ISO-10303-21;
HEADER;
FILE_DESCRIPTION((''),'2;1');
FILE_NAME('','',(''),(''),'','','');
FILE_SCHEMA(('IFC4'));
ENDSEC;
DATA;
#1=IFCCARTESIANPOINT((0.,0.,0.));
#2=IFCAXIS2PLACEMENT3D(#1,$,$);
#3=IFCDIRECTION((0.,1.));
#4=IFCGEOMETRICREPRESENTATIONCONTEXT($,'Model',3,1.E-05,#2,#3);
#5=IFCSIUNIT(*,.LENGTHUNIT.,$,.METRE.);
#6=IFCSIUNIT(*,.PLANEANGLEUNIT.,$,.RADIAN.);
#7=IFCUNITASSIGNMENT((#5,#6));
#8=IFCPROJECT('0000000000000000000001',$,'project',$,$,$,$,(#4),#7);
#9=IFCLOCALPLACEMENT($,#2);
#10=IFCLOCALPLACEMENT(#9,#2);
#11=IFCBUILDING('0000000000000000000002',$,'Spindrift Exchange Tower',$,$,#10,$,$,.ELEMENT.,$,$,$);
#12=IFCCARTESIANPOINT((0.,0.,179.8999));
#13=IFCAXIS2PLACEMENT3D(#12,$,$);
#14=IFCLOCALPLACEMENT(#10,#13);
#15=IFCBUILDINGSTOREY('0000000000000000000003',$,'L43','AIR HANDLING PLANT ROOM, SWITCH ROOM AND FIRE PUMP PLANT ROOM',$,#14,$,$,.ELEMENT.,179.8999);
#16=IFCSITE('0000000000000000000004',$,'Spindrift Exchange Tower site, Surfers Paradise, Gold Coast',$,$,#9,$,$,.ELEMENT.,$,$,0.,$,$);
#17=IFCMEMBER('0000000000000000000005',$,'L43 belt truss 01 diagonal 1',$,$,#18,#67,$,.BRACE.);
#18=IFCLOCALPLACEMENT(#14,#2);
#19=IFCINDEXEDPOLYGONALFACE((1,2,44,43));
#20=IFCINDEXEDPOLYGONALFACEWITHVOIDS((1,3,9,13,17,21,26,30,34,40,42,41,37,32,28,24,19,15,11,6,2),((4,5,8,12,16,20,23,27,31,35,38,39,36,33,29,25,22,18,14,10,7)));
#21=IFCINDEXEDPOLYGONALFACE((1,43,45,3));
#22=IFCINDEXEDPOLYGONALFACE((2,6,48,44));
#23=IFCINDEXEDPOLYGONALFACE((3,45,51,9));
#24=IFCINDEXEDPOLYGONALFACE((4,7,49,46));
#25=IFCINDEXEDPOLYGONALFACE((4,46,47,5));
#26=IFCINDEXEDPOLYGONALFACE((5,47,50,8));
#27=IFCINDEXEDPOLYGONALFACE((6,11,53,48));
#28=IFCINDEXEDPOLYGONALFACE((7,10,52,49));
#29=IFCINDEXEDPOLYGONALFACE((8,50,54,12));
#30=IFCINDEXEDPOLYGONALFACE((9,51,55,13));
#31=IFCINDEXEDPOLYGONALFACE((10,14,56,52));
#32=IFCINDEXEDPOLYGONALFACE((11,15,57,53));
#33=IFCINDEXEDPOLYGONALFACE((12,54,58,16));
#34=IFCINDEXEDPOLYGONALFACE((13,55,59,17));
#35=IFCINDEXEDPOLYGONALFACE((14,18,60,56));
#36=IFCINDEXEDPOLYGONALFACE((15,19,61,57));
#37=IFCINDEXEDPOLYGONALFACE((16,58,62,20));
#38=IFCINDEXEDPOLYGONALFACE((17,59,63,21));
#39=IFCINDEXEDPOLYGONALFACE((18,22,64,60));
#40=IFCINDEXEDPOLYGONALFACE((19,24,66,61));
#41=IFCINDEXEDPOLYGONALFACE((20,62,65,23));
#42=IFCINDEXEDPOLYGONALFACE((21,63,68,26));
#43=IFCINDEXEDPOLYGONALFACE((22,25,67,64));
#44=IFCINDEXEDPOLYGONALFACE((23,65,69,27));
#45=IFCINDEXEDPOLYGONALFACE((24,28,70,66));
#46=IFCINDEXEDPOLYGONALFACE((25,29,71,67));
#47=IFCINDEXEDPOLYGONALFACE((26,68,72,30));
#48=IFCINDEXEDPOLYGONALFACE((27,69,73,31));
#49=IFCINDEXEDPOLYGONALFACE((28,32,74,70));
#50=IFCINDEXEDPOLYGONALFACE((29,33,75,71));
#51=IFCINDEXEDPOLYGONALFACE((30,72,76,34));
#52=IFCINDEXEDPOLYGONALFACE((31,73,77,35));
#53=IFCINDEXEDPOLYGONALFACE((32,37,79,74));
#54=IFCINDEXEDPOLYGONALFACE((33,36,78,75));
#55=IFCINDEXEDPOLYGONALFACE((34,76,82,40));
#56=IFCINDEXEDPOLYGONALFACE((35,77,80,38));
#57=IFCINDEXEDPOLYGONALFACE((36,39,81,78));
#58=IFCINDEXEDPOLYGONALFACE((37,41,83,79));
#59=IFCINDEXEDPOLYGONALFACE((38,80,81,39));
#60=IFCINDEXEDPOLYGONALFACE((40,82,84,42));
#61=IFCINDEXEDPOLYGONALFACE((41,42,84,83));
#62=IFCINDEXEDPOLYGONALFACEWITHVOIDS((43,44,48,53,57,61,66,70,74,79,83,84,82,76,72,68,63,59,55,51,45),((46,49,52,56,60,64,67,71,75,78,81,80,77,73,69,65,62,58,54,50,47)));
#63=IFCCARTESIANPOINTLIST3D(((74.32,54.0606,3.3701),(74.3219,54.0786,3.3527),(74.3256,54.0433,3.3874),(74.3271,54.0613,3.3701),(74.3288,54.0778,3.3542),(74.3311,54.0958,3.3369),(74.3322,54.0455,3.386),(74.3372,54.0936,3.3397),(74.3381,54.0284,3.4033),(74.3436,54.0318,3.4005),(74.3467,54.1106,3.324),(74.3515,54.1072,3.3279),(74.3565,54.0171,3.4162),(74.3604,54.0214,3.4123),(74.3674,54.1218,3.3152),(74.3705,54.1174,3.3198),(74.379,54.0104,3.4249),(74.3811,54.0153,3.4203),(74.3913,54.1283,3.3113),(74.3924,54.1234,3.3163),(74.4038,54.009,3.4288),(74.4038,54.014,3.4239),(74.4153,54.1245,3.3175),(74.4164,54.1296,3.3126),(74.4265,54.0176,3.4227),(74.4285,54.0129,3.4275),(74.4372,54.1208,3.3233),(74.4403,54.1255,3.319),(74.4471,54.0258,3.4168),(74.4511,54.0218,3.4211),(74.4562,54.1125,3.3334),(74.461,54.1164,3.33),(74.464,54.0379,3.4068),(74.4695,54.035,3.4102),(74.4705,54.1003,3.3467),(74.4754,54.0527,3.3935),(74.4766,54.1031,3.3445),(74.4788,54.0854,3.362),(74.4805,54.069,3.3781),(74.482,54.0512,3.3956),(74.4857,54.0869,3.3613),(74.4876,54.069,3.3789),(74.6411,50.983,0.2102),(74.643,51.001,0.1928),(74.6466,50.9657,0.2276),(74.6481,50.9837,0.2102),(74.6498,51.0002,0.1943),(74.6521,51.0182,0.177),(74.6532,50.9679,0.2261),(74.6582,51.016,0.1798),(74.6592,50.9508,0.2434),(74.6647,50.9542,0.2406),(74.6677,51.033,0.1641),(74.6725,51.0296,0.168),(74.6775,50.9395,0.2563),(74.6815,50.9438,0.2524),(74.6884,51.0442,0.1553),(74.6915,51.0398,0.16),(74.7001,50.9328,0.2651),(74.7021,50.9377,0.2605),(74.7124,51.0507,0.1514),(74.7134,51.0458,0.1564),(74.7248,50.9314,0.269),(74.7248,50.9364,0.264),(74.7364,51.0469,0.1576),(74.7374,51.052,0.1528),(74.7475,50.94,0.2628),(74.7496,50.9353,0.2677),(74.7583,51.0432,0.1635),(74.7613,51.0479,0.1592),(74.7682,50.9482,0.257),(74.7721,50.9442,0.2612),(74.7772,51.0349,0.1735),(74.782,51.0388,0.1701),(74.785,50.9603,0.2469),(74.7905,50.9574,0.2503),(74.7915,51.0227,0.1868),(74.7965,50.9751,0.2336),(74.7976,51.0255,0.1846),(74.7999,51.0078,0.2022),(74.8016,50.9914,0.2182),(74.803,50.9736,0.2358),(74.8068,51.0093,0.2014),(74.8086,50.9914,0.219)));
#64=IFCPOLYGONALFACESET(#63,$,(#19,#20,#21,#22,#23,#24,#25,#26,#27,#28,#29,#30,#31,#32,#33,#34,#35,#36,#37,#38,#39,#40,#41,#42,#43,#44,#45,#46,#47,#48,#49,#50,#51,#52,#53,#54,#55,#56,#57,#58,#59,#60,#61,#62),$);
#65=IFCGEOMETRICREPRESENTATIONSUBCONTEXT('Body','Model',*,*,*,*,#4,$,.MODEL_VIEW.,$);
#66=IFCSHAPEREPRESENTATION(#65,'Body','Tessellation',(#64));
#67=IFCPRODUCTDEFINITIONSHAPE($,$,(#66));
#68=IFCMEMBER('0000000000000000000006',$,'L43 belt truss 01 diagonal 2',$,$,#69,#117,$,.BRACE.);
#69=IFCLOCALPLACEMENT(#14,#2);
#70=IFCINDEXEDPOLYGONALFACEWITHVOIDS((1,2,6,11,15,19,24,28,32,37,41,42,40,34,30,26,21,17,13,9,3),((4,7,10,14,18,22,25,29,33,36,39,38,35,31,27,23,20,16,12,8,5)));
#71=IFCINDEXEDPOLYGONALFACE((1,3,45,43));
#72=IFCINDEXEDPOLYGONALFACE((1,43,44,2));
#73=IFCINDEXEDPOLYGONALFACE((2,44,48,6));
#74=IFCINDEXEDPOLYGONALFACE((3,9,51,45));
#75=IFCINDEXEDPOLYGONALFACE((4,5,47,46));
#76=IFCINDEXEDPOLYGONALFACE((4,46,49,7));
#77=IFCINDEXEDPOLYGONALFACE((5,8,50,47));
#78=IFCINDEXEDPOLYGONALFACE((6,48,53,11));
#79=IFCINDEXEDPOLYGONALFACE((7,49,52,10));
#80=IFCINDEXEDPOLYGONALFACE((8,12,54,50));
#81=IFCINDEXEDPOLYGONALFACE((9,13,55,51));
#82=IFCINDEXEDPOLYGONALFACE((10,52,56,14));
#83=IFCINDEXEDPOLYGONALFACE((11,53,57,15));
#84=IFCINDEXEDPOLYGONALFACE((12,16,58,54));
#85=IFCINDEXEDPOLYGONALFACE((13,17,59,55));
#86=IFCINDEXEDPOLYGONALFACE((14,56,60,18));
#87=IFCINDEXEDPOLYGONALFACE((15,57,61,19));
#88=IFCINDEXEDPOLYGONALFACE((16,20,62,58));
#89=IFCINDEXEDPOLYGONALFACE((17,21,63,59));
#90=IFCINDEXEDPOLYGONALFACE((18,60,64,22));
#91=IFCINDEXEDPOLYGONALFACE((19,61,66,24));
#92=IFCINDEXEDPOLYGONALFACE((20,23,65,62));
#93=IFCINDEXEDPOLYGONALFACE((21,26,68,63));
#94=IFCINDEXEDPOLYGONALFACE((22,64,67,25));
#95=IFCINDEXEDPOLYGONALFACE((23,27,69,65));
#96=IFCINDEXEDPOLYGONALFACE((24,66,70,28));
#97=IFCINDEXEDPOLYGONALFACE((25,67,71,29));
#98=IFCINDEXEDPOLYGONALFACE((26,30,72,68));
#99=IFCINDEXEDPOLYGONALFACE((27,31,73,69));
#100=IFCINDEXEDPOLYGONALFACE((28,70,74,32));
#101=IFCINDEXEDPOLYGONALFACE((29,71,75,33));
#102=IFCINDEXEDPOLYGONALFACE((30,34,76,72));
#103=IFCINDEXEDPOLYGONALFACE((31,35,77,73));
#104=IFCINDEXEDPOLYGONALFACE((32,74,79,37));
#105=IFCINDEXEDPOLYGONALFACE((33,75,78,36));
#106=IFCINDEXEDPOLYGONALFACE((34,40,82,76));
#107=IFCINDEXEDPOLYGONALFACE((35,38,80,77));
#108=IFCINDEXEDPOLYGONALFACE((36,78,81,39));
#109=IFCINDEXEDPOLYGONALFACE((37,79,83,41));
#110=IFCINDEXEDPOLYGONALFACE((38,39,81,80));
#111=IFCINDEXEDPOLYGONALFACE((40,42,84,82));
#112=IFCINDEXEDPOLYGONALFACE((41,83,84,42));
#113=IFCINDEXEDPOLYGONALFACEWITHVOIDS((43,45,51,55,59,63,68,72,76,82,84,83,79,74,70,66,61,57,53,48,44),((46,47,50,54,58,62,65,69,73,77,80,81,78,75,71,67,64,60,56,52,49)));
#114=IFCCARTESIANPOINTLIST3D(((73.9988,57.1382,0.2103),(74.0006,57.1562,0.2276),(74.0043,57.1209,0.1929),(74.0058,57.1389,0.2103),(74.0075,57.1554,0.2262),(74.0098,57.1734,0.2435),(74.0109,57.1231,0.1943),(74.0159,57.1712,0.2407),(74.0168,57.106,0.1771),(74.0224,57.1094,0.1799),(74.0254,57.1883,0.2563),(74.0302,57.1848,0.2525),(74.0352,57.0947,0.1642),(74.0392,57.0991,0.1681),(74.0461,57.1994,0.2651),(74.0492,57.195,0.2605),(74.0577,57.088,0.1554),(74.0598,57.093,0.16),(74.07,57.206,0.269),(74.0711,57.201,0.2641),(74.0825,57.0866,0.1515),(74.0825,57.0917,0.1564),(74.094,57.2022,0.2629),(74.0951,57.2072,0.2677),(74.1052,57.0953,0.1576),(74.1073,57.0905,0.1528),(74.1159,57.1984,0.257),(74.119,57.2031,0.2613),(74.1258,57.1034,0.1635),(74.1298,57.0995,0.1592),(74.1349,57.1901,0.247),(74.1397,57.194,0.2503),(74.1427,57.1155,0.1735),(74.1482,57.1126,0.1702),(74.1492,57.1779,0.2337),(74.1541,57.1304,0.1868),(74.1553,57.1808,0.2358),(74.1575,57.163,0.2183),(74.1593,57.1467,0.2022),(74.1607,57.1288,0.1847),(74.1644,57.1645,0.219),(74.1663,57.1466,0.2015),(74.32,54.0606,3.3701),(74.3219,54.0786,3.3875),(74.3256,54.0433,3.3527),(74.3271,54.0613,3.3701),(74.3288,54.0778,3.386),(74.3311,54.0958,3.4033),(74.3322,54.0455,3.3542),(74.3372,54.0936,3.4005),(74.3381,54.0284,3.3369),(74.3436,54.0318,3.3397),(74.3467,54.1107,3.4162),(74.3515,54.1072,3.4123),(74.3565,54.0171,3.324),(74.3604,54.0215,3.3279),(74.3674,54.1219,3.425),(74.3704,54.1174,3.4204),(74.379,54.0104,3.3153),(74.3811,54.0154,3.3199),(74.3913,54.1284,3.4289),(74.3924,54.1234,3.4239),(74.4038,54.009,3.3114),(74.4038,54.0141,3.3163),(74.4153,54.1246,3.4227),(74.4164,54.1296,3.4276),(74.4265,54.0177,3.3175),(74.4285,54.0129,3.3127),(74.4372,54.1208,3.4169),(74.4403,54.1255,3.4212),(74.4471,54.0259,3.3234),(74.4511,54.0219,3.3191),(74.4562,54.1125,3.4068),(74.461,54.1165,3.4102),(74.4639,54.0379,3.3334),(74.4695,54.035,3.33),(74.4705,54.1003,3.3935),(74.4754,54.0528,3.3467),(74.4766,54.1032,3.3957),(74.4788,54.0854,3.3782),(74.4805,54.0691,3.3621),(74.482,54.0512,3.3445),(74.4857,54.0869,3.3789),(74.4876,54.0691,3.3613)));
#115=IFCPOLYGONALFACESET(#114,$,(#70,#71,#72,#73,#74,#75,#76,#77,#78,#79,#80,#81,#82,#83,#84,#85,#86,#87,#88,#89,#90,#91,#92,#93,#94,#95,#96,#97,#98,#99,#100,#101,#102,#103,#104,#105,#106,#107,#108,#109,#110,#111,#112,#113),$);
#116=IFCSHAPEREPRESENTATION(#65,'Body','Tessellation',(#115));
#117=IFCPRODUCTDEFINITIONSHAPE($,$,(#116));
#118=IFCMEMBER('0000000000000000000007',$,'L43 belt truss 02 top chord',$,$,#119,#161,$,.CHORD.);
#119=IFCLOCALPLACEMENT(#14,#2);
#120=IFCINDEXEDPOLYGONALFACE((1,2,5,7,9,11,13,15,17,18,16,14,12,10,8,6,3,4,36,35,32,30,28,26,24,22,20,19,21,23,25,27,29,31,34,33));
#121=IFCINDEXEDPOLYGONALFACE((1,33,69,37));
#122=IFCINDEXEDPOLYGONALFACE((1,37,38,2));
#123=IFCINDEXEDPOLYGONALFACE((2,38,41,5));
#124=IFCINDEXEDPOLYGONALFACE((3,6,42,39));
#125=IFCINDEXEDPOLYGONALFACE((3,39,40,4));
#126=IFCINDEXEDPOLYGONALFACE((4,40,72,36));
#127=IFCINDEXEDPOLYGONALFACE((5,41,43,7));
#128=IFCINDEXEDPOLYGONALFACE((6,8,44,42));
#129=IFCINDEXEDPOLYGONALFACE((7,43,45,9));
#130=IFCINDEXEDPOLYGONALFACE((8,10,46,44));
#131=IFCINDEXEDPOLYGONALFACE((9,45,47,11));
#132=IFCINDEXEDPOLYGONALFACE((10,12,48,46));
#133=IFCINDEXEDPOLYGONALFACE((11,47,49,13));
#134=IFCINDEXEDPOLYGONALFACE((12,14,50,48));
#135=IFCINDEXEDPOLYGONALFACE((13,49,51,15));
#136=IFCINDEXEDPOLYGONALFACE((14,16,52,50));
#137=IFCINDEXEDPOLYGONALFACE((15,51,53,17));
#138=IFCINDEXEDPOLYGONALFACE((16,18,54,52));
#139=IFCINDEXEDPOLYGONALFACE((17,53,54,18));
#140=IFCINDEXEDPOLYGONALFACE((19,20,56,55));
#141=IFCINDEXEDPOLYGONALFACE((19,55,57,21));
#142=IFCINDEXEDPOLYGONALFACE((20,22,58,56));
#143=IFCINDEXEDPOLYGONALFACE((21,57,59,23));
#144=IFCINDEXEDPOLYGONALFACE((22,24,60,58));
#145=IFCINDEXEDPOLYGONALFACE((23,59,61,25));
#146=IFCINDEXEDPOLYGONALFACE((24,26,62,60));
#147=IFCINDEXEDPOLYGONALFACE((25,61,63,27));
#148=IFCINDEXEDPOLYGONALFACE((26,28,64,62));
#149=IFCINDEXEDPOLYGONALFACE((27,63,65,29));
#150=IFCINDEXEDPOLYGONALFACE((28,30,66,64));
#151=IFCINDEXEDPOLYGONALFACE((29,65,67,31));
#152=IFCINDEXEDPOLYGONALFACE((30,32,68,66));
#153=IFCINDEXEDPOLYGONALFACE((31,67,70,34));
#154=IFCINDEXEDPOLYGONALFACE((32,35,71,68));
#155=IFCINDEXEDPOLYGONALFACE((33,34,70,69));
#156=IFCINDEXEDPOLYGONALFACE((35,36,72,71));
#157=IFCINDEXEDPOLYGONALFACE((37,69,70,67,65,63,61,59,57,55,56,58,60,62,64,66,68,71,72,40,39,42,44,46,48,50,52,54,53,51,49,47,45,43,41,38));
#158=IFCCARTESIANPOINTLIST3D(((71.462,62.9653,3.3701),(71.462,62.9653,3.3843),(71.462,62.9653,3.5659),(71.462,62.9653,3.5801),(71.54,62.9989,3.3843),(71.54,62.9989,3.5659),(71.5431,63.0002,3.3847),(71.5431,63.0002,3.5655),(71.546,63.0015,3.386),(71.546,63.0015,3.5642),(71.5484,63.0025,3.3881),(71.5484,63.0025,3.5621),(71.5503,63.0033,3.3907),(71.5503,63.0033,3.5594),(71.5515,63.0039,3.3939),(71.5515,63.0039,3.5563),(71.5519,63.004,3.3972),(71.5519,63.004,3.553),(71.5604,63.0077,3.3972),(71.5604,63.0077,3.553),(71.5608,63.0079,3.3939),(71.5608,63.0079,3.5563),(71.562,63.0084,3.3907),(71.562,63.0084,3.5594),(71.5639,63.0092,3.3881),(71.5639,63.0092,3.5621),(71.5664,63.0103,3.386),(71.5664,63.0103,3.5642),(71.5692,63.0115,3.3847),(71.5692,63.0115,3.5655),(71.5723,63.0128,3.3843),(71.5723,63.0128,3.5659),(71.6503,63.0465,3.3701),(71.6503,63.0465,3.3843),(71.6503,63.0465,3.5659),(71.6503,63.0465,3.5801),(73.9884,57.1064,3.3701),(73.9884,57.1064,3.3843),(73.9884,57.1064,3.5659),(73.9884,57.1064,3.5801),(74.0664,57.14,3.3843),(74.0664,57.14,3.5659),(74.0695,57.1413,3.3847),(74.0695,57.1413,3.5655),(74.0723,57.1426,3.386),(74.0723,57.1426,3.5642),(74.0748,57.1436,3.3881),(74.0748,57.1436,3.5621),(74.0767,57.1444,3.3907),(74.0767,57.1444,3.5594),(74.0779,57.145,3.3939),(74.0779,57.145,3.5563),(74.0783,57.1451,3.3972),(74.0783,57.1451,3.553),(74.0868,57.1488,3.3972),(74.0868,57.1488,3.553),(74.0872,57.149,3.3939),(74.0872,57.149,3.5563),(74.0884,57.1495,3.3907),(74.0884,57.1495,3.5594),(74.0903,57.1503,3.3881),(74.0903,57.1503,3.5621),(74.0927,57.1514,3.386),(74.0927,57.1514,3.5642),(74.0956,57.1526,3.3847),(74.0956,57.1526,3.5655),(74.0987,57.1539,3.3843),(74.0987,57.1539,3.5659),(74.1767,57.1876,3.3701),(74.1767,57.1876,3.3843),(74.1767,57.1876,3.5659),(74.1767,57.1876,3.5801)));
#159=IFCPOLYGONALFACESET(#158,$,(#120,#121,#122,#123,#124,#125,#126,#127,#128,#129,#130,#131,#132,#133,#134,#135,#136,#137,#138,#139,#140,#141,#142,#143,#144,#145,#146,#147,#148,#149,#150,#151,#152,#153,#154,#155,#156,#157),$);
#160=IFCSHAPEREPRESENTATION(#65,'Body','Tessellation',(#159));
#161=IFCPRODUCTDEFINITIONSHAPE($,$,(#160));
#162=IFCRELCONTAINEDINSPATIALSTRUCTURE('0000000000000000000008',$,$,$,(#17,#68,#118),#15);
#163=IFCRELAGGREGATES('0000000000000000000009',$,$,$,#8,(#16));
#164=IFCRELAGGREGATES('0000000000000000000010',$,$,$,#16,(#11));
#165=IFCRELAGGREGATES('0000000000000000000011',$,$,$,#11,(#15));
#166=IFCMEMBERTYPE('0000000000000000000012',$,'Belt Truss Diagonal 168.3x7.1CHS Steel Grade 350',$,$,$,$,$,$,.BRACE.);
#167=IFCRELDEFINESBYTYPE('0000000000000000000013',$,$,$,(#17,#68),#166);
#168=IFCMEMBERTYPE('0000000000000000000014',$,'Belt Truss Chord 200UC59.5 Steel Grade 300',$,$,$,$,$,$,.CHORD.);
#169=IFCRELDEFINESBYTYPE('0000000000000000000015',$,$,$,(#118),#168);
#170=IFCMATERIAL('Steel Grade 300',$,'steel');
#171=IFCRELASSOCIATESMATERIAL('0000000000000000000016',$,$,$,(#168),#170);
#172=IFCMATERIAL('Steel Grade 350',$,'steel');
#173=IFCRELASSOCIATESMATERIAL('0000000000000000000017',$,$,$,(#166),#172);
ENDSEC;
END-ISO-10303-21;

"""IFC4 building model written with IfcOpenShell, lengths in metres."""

from ifc_helpers import new_model, si_unit, direction, frame, origin, origin_2d, place, context, subcontext, project, spatial, hollow_circle, i_section, extrude, source, transform, mapped, material, material_profile, profile_set, type_object, element, save


model = new_model("IFC4")

# Units and contexts
model_context = context("Model", 3, precision=1e-05, world=origin(), true_north=direction((0.0, 1.0)))
body_context = subcontext(model_context, "Body", "Model", "MODEL_VIEW")
ifc_project = project(units=[si_unit("LENGTHUNIT", "METRE"), si_unit("PLANEANGLEUNIT", "RADIAN")], contexts=[model_context])

# Site, building, storey
site_placement = place(None, origin())
site = spatial("IfcSite", under=ifc_project, at=site_placement, Name="Spindrift Exchange Tower site, Surfers Paradise, Gold Coast", CompositionType="ELEMENT", RefElevation=0.0)
building_placement = place(site_placement, origin())
building = spatial("IfcBuilding", under=site, at=building_placement, Name="Spindrift Exchange Tower", CompositionType="ELEMENT")
storey_placement = place(building_placement, frame((0.0, 0.0, 179.8999)))
storey = spatial("IfcBuildingStorey", under=building, at=storey_placement, Name="L43", Description="AIR HANDLING PLANT ROOM, SWITCH ROOM AND FIRE PUMP PLANT ROOM", CompositionType="ELEMENT", Elevation=179.8999)

# Shared definitions
ifc_material_1 = material(Name="Steel Grade 300", Category="steel")

# Members
ifc_material_profile_1 = material_profile(ifc_material_1, i_section(OverallWidth=0.2051, OverallDepth=0.21, WebThickness=0.0093, FlangeThickness=0.0142, FilletRadius=0.0129, at=origin_2d()), Name="200UC59.5")
ifc_profile_set_1 = profile_set([ifc_material_profile_1], Name="Steel Grade 300")
member_type_1 = type_object("IfcMemberType", Name="Belt Truss Chord 200UC59.5 Steel Grade 300", PredefinedType="CHORD", material=ifc_profile_set_1)
ifc_material_2 = material(Name="Steel Grade 350", Category="steel")
ifc_material_profile_2 = material_profile(ifc_material_2, hollow_circle(Radius=0.0842, WallThickness=0.0071, at=origin_2d()), Name="168.3x7.1CHS")
ifc_profile_set_2 = profile_set([ifc_material_profile_2], Name="Steel Grade 350")
member_type_2 = type_object("IfcMemberType", Name="Belt Truss Diagonal 168.3x7.1CHS Steel Grade 350", PredefinedType="BRACE", material=ifc_profile_set_2)
shared_shape_1 = source(origin(), body_context, "Body", "SweptSolid", [
    extrude(hollow_circle(Radius=0.0842, WallThickness=0.0071, at=origin_2d()), origin(), (0.0, 0.0, 1.0), 4.4226),
])
for number, where, z_axis, x_axis, name in (
    (1, (74.7249, 50.9917, 0.2102), (-0.072591, 0.695878, 0.714482), (-0.994603, -0.103752, 0.0), "L43 belt truss 01 diagonal 1"),
    (2, (74.4038, 54.0693, 3.3701), (-0.072646, 0.695876, -0.714479), (-0.994595, -0.10383, 0.0), "L43 belt truss 01 diagonal 2"),
):
    element("IfcMember", number, at=place(storey_placement, frame(where, z_axis=z_axis, x_axis=x_axis)), inside=storey, type_object=member_type_2, Name=name, PredefinedType="BRACE", context=body_context, shape_type="MappedRepresentation", body=[
        mapped(shared_shape_1, transform((0.0, 0.0, 0.0), scale=1.0)),
    ])
shared_shape_2 = source(origin(), body_context, "Body", "SweptSolid", [
    extrude(i_section(OverallWidth=0.2051, OverallDepth=0.21, WebThickness=0.0093, FlangeThickness=0.0142, FilletRadius=0.0129, at=origin_2d()), origin(), (0.0, 0.0, 1.0), 6.3804),
])
for number, where, z_axis, x_axis, name in (
    (3, (74.0825, 57.147, 3.4751), (-0.39596, 0.918268, 0.0), (-0.918268, -0.39596, 0.0), "L43 belt truss 02 top chord"),
):
    element("IfcMember", number, at=place(storey_placement, frame(where, z_axis=z_axis, x_axis=x_axis)), inside=storey, type_object=member_type_1, Name=name, PredefinedType="CHORD", context=body_context, shape_type="MappedRepresentation", body=[
        mapped(shared_shape_2, transform((0.0, 0.0, 0.0), scale=1.0)),
    ])

save(model, "model.ifc")
